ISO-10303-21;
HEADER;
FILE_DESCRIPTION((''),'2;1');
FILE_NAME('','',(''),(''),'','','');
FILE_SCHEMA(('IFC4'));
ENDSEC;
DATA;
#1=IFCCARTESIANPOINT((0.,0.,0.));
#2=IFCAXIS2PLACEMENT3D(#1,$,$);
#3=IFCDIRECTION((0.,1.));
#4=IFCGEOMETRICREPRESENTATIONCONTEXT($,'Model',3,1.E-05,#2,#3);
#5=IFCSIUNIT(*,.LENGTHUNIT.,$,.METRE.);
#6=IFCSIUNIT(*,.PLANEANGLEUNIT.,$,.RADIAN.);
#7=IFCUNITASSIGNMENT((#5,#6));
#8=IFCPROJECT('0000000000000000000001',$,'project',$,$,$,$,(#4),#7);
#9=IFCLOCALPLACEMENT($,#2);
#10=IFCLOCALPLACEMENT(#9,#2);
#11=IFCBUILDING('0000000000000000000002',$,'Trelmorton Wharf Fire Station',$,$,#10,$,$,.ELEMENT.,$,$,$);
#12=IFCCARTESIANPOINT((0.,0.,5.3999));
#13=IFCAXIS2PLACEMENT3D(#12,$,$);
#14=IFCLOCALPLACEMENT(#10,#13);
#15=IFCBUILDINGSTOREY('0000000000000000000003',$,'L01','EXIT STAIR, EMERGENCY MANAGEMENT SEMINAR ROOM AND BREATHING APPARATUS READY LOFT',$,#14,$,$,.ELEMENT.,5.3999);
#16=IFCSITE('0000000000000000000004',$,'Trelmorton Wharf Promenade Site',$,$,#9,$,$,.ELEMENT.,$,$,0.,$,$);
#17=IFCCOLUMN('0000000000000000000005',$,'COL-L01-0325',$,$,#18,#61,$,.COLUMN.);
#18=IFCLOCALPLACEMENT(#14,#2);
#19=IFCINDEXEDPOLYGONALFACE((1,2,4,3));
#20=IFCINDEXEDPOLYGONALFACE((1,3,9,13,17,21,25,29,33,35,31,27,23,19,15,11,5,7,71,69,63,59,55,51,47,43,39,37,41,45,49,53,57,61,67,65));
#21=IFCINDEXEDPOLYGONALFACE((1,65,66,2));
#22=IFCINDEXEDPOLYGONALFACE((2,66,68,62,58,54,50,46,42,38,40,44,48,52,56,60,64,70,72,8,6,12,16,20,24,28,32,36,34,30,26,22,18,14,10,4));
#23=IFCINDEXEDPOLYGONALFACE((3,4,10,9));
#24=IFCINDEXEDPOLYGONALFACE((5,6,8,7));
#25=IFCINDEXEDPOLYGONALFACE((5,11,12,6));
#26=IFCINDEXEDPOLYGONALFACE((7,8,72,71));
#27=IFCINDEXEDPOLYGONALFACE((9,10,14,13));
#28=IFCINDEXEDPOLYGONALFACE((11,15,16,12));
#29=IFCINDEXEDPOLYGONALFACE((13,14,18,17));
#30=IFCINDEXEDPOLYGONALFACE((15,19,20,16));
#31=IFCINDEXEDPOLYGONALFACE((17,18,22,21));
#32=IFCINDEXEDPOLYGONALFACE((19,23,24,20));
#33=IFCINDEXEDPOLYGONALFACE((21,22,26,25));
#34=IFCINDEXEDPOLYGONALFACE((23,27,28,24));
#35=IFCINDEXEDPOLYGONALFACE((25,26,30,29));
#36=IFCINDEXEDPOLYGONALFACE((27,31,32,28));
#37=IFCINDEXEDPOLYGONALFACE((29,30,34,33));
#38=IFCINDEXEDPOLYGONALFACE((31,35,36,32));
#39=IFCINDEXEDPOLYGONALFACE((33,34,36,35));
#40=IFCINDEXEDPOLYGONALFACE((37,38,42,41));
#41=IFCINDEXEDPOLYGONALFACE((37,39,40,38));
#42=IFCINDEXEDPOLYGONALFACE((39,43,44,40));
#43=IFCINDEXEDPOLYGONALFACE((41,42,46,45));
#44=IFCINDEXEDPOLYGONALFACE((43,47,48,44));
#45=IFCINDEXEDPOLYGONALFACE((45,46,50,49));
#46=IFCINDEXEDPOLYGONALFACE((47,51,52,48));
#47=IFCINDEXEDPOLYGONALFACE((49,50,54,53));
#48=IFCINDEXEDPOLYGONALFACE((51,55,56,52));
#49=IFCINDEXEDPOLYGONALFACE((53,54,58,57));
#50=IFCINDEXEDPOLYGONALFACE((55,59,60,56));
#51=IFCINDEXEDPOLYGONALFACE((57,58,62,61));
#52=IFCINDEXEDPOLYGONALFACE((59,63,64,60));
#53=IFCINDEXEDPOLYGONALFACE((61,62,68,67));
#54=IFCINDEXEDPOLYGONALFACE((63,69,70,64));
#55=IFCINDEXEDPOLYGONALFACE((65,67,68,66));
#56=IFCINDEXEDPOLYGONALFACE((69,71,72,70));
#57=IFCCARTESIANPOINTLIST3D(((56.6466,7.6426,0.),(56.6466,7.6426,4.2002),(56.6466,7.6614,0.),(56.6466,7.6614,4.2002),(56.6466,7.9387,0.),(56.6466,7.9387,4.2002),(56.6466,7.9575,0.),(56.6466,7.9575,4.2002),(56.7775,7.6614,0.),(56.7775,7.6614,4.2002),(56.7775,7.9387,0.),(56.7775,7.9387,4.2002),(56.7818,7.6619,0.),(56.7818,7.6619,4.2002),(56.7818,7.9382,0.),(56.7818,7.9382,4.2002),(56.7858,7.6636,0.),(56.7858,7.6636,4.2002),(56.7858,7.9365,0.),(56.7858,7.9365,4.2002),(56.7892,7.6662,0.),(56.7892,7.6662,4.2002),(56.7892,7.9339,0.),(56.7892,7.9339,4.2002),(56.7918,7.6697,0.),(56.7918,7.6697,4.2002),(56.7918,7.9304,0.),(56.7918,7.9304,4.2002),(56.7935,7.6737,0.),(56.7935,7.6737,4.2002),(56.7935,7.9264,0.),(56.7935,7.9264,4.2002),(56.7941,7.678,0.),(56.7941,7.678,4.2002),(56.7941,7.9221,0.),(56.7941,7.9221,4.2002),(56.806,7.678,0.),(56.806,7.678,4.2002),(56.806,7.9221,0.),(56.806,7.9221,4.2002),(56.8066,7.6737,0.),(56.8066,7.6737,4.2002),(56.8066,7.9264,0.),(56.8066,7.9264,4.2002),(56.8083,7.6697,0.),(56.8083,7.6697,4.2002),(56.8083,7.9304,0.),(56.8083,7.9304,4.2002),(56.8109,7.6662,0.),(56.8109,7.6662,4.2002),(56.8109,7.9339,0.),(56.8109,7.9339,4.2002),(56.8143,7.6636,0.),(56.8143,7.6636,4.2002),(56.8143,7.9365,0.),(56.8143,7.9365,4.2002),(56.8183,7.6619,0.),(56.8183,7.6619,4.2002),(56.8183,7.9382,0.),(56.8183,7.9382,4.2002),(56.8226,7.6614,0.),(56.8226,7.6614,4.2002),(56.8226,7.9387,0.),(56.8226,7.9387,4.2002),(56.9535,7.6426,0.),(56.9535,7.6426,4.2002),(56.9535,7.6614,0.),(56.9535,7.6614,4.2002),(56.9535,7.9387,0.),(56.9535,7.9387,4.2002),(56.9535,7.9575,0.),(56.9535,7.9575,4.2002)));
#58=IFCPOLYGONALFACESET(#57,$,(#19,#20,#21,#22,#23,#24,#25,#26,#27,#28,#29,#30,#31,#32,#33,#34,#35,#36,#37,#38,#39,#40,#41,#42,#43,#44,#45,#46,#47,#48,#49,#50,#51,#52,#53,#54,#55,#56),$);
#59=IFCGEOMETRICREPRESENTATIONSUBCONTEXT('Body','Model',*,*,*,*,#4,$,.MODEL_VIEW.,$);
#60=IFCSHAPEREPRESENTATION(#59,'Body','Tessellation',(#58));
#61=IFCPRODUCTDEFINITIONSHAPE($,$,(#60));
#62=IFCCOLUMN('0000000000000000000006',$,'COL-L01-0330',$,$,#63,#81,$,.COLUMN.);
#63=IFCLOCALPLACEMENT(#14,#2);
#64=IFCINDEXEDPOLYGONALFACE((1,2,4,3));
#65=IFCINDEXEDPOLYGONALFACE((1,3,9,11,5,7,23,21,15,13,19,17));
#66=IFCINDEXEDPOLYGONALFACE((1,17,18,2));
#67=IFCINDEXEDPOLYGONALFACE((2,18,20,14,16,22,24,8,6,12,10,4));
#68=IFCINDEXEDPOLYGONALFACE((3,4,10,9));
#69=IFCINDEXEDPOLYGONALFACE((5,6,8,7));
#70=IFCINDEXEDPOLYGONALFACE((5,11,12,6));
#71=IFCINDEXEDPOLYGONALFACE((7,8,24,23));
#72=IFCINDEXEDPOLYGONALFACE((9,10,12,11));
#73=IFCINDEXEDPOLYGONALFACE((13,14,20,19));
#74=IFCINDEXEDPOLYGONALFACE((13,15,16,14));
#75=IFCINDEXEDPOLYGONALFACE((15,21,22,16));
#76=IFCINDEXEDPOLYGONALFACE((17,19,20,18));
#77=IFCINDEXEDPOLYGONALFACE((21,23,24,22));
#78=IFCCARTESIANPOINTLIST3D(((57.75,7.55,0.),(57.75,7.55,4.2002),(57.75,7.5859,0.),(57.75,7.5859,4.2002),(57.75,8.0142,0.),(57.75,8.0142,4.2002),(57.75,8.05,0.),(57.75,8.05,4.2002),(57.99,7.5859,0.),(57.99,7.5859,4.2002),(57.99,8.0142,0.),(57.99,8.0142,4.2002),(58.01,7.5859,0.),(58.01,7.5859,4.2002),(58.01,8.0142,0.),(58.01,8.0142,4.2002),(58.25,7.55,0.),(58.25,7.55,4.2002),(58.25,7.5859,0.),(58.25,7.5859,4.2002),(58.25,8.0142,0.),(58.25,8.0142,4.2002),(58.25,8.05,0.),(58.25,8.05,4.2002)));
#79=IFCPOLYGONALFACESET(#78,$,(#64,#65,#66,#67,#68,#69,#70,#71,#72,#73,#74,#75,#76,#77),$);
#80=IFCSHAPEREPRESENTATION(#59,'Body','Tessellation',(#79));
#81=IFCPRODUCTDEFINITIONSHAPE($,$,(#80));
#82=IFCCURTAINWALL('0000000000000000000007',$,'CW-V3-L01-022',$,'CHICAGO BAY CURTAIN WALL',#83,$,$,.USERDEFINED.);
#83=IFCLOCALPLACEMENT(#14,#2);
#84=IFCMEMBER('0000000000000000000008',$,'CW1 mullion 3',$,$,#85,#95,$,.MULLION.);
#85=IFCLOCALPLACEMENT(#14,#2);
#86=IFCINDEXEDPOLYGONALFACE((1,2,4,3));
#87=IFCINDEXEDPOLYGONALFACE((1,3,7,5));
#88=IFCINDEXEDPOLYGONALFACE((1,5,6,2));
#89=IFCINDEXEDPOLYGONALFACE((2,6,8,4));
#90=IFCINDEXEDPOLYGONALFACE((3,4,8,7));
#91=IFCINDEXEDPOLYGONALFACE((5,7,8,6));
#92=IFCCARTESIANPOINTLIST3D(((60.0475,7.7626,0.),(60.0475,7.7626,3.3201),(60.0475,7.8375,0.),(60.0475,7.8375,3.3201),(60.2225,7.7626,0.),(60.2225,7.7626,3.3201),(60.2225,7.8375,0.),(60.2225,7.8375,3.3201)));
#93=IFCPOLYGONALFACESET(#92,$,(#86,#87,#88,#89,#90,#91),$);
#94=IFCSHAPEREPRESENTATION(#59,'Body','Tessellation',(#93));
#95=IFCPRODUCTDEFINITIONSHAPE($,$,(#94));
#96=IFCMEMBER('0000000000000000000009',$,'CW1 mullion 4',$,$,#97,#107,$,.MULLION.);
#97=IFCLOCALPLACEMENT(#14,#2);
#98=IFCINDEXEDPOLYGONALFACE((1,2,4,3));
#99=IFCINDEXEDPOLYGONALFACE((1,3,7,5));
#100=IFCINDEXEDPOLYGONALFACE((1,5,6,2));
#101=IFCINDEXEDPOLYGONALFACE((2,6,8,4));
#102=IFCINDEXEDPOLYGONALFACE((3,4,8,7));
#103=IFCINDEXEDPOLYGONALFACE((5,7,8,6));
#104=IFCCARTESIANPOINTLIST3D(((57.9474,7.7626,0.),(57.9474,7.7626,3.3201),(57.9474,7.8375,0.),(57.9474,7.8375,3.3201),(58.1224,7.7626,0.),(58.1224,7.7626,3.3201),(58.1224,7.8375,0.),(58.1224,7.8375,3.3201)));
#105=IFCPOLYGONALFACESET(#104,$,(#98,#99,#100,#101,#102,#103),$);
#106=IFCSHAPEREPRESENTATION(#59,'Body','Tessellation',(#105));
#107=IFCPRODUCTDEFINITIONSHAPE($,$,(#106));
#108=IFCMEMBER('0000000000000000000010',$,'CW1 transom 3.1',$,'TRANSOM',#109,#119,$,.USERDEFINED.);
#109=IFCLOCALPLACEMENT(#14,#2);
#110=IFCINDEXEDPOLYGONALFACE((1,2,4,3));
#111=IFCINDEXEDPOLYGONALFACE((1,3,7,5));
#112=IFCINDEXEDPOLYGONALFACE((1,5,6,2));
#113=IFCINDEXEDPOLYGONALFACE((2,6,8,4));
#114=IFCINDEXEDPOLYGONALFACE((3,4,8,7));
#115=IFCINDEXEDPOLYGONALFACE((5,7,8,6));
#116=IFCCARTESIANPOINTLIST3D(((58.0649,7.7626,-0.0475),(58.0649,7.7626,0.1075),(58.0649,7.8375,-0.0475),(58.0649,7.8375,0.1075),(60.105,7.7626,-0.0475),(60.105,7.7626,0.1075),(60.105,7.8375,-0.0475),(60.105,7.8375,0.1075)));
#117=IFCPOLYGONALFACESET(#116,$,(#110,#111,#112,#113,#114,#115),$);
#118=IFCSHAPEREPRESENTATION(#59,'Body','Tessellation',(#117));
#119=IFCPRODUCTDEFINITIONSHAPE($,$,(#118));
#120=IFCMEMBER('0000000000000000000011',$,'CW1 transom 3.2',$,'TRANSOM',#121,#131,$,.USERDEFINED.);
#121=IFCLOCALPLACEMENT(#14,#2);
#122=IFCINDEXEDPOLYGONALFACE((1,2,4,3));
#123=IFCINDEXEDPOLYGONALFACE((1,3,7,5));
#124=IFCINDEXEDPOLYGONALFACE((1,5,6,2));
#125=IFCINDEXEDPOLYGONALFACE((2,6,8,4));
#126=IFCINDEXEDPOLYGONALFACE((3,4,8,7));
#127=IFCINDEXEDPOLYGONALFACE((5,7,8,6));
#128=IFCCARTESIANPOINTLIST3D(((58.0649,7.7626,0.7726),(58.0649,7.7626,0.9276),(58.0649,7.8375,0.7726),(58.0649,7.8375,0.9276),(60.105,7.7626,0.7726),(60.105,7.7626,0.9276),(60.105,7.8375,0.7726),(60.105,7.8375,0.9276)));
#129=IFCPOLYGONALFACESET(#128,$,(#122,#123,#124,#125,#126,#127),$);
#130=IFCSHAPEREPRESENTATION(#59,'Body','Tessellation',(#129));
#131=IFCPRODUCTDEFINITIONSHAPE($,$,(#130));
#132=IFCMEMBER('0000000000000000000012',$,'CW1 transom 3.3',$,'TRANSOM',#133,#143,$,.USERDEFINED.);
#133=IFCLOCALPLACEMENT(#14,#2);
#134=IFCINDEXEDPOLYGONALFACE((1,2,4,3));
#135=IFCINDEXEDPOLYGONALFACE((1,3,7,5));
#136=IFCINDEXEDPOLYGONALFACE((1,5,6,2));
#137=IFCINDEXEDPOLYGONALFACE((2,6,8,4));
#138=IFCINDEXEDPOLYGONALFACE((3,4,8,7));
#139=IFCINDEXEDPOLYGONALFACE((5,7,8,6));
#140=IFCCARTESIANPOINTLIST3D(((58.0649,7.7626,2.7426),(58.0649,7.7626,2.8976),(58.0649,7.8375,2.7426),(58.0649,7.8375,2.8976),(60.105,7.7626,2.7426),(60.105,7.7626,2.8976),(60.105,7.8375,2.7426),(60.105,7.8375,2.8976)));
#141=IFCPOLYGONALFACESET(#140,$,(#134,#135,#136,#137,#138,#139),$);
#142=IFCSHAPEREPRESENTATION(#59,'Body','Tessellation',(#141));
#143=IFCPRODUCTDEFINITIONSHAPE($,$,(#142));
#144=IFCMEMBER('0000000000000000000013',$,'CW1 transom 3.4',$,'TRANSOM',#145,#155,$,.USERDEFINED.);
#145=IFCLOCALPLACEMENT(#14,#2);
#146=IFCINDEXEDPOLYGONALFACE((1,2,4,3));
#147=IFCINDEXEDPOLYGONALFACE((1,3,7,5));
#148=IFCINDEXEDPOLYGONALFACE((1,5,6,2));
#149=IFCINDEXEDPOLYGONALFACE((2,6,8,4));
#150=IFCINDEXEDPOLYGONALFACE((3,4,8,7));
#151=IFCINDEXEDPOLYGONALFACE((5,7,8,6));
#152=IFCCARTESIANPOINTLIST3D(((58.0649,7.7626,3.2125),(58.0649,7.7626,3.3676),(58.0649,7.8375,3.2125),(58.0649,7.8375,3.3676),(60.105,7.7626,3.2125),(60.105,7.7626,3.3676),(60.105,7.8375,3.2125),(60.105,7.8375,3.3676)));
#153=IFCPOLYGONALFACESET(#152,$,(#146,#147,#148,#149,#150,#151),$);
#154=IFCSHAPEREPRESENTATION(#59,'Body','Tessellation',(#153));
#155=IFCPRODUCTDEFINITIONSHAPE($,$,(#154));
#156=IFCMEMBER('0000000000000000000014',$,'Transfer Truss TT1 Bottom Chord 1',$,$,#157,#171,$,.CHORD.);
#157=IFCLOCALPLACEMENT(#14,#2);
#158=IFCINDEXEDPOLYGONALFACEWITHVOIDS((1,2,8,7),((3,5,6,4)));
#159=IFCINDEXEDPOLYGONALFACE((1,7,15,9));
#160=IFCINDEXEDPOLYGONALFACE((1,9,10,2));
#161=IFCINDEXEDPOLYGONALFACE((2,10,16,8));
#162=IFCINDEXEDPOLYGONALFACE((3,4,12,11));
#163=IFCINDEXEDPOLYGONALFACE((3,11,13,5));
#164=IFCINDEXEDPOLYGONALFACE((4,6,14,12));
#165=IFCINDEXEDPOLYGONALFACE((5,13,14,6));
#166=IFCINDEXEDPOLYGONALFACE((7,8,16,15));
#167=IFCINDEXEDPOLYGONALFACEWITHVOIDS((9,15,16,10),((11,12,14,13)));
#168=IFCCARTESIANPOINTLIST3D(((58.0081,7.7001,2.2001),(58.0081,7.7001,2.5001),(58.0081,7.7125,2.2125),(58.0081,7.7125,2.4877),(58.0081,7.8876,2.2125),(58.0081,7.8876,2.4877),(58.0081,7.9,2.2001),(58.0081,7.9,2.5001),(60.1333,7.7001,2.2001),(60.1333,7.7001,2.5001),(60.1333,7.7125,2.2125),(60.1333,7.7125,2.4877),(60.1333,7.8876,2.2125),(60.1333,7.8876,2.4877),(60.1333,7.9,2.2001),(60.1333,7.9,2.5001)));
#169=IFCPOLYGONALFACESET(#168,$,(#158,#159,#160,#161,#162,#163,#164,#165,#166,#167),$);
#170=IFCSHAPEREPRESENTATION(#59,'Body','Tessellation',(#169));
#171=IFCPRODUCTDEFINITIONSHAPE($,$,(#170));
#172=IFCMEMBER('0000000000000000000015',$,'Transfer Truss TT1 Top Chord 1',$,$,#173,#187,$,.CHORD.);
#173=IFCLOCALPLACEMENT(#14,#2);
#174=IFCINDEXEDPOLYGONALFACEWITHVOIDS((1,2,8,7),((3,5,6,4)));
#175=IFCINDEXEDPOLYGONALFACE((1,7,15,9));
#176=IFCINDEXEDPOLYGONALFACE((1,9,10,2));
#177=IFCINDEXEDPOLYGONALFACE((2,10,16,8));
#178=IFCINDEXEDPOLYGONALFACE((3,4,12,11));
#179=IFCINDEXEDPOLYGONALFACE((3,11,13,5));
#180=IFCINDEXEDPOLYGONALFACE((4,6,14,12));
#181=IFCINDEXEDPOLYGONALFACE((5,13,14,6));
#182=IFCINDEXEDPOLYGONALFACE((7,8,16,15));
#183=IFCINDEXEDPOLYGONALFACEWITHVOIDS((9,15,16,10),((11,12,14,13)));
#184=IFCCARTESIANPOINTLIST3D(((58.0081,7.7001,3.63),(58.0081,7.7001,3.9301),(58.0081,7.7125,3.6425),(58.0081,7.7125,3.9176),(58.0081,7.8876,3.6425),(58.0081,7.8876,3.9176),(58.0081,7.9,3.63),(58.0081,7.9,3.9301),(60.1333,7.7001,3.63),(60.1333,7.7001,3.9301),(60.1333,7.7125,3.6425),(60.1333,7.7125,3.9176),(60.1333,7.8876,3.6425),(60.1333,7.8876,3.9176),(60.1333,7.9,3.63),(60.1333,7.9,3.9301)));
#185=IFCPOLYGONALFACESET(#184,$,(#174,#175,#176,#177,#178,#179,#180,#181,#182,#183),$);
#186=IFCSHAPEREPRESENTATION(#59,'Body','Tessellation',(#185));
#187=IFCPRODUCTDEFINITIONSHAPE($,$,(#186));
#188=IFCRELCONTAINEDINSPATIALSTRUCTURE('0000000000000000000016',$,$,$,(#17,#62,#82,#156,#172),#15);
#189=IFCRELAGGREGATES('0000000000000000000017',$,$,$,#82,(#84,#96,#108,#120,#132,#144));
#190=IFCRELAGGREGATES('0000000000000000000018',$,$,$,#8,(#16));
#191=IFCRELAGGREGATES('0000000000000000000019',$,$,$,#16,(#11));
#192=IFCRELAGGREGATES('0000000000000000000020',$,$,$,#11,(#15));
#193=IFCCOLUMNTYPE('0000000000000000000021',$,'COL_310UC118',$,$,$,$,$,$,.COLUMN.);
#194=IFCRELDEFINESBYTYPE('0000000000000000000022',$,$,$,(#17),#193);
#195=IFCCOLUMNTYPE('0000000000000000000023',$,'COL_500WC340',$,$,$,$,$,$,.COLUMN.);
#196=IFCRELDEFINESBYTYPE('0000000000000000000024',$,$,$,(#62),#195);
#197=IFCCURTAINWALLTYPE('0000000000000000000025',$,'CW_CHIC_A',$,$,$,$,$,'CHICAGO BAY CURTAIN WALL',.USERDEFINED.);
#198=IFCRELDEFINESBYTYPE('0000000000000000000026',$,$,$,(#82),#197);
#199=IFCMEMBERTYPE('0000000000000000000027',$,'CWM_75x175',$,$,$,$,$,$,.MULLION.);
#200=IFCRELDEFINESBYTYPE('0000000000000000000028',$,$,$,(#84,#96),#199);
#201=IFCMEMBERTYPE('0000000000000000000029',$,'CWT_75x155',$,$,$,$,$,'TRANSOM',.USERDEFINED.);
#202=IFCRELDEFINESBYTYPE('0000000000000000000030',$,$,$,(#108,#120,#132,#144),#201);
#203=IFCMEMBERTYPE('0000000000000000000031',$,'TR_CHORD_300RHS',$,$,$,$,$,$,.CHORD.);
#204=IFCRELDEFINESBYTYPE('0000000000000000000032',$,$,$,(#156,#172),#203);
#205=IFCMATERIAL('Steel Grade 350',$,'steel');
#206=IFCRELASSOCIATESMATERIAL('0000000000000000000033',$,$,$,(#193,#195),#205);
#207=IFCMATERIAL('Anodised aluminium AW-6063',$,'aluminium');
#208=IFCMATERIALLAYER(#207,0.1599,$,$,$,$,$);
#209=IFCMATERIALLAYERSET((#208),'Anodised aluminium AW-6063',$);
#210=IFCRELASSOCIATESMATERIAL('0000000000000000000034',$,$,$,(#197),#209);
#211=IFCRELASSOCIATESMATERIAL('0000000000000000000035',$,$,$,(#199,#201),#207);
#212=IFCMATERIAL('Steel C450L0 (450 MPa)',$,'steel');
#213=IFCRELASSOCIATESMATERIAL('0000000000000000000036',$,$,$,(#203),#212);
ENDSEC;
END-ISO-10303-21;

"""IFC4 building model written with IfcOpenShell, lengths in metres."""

from ifc_helpers import new_model, si_unit, direction, frame, origin, origin_2d, place, context, subcontext, project, spatial, rectangle, hollow_rectangle, i_section, extrude, material, layer, layer_set, material_profile, profile_set, type_object, element, aggregate, save


model = new_model("IFC4")

# Units and contexts
model_context = context("Model", 3, precision=1e-05, world=origin(), true_north=direction((0.0, 1.0)))
body_context = subcontext(model_context, "Body", "Model", "MODEL_VIEW")
ifc_project = project(units=[si_unit("LENGTHUNIT", "METRE"), si_unit("PLANEANGLEUNIT", "RADIAN")], contexts=[model_context])

# Site, building, storey
site_placement = place(None, origin())
site = spatial("IfcSite", under=ifc_project, at=site_placement, Name="Trelmorton Wharf Promenade Site", CompositionType="ELEMENT", RefElevation=0.0)
building_placement = place(site_placement, origin())
building = spatial("IfcBuilding", under=site, at=building_placement, Name="Trelmorton Wharf Fire Station", CompositionType="ELEMENT")
storey_placement = place(building_placement, frame((0.0, 0.0, 5.3999)))
storey = spatial("IfcBuildingStorey", under=building, at=storey_placement, Name="L01", Description="EXIT STAIR, EMERGENCY MANAGEMENT SEMINAR ROOM AND BREATHING APPARATUS READY LOFT", CompositionType="ELEMENT", Elevation=5.3999)

# Columns
ifc_material_1 = material(Name="Steel Grade 350", Category="steel")
ifc_material_profile_1 = material_profile(ifc_material_1, i_section(OverallWidth=0.3069, OverallDepth=0.3149, WebThickness=0.012, FlangeThickness=0.0188, FilletRadius=0.0166, at=origin_2d()), Name="310UC118")
ifc_profile_set_1 = profile_set([ifc_material_profile_1], Name="Steel Grade 350")
column_type_1 = type_object("IfcColumnType", Name="COL_310UC118", PredefinedType="COLUMN", material=ifc_profile_set_1)
column_1_placement = place(storey_placement, frame((56.8, 7.8, 0.0), z_axis=(0.0, 0.0, 1.0), x_axis=(1.0, 0.0, 0.0)))
element("IfcColumn", 1, at=column_1_placement, inside=storey, type_object=column_type_1, Name="COL-L01-0325", PredefinedType="COLUMN", context=body_context, shape_type="SweptSolid", body=[
    extrude(i_section(OverallWidth=0.3069, OverallDepth=0.3149, WebThickness=0.012, FlangeThickness=0.0188, FilletRadius=0.0166, at=origin_2d()), origin(), (0.0, 0.0, 1.0), 4.2002),
])
ifc_material_profile_2 = material_profile(ifc_material_1, i_section(OverallWidth=0.5, OverallDepth=0.5, WebThickness=0.02, FlangeThickness=0.0359, at=origin_2d()), Name="500WC340")
ifc_profile_set_2 = profile_set([ifc_material_profile_2], Name="Steel Grade 350")
column_type_2 = type_object("IfcColumnType", Name="COL_500WC340", PredefinedType="COLUMN", material=ifc_profile_set_2)
column_2_placement = place(storey_placement, frame((58.0, 7.8, 0.0), z_axis=(0.0, 0.0, 1.0), x_axis=(1.0, 0.0, 0.0)))
element("IfcColumn", 2, at=column_2_placement, inside=storey, type_object=column_type_2, Name="COL-L01-0330", PredefinedType="COLUMN", context=body_context, shape_type="SweptSolid", body=[
    extrude(i_section(OverallWidth=0.5, OverallDepth=0.5, WebThickness=0.02, FlangeThickness=0.0359, at=origin_2d()), origin(), (0.0, 0.0, 1.0), 4.2002),
])

# Curtain wall, members
ifc_material_2 = material(Name="Anodised aluminium AW-6063", Category="aluminium")
ifc_layer_1 = layer(ifc_material_2, 0.1599)
ifc_layer_set_1 = layer_set([ifc_layer_1], Name="Anodised aluminium AW-6063")
curtain_wall_type = type_object("IfcCurtainWallType", Name="CW_CHIC_A", ElementType="CHICAGO BAY CURTAIN WALL", PredefinedType="USERDEFINED", material=ifc_layer_set_1)
curtain_wall_placement = place(storey_placement, origin())
curtain_wall = element("IfcCurtainWall", 3, at=curtain_wall_placement, inside=storey, type_object=curtain_wall_type, Name="CW-V3-L01-022", ObjectType="CHICAGO BAY CURTAIN WALL", PredefinedType="USERDEFINED")
ifc_material_profile_3 = material_profile(ifc_material_2, rectangle(XDim=0.075, YDim=0.175, at=origin_2d()), Name="ALU-75x175")
ifc_profile_set_3 = profile_set([ifc_material_profile_3], Name="Anodised aluminium AW-6063")
member_type_1 = type_object("IfcMemberType", Name="CWM_75x175", PredefinedType="MULLION", material=ifc_profile_set_3)
member_1_placement = place(storey_placement, frame((60.135, 7.8, 0.0), z_axis=(0.0, 0.0, 1.0), x_axis=(0.0, -1.0, 0.0)))
member_1 = element("IfcMember", 4, at=member_1_placement, type_object=member_type_1, Name="CW1 mullion 3", PredefinedType="MULLION", context=body_context, shape_type="SweptSolid", body=[
    extrude(rectangle(XDim=0.075, YDim=0.175, at=origin_2d()), origin(), (0.0, 0.0, 1.0), 3.3201),
])
member_2_placement = place(storey_placement, frame((58.0349, 7.8, 0.0), z_axis=(0.0, 0.0, 1.0), x_axis=(0.0, -1.0, 0.0)))
member_2 = element("IfcMember", 5, at=member_2_placement, type_object=member_type_1, Name="CW1 mullion 4", PredefinedType="MULLION", context=body_context, shape_type="SweptSolid", body=[
    extrude(rectangle(XDim=0.075, YDim=0.175, at=origin_2d()), origin(), (0.0, 0.0, 1.0), 3.3201),
])
ifc_material_profile_4 = material_profile(ifc_material_2, rectangle(XDim=0.075, YDim=0.155, at=origin_2d()), Name="ALU-75x155")
ifc_profile_set_4 = profile_set([ifc_material_profile_4], Name="Anodised aluminium AW-6063")
member_type_2 = type_object("IfcMemberType", Name="CWT_75x155", ElementType="TRANSOM", PredefinedType="USERDEFINED", material=ifc_profile_set_4)
member_3_placement = place(storey_placement, frame((60.105, 7.8, 0.03), z_axis=(-1.0, 0.0, 0.0), x_axis=(0.0, -1.0, 0.0)))
member_3 = element("IfcMember", 6, at=member_3_placement, type_object=member_type_2, Name="CW1 transom 3.1", ObjectType="TRANSOM", PredefinedType="USERDEFINED", context=body_context, shape_type="SweptSolid", body=[
    extrude(rectangle(XDim=0.075, YDim=0.155, at=origin_2d()), origin(), (0.0, 0.0, 1.0), 2.04),
])
member_4_placement = place(storey_placement, frame((60.105, 7.8, 0.8501), z_axis=(-1.0, 0.0, 0.0), x_axis=(0.0, -1.0, 0.0)))
member_4 = element("IfcMember", 7, at=member_4_placement, type_object=member_type_2, Name="CW1 transom 3.2", ObjectType="TRANSOM", PredefinedType="USERDEFINED", context=body_context, shape_type="SweptSolid", body=[
    extrude(rectangle(XDim=0.075, YDim=0.155, at=origin_2d()), origin(), (0.0, 0.0, 1.0), 2.04),
])
member_5_placement = place(storey_placement, frame((60.105, 7.8, 2.8201), z_axis=(-1.0, 0.0, 0.0), x_axis=(0.0, -1.0, 0.0)))
member_5 = element("IfcMember", 8, at=member_5_placement, type_object=member_type_2, Name="CW1 transom 3.3", ObjectType="TRANSOM", PredefinedType="USERDEFINED", context=body_context, shape_type="SweptSolid", body=[
    extrude(rectangle(XDim=0.075, YDim=0.155, at=origin_2d()), origin(), (0.0, 0.0, 1.0), 2.04),
])
member_6_placement = place(storey_placement, frame((60.105, 7.8, 3.29), z_axis=(-1.0, 0.0, 0.0), x_axis=(0.0, -1.0, 0.0)))
member_6 = element("IfcMember", 9, at=member_6_placement, type_object=member_type_2, Name="CW1 transom 3.4", ObjectType="TRANSOM", PredefinedType="USERDEFINED", context=body_context, shape_type="SweptSolid", body=[
    extrude(rectangle(XDim=0.075, YDim=0.155, at=origin_2d()), origin(), (0.0, 0.0, 1.0), 2.04),
])

# Members
ifc_material_3 = material(Name="Steel C450L0 (450 MPa)", Category="steel")
ifc_material_profile_5 = material_profile(ifc_material_3, hollow_rectangle(XDim=0.2, YDim=0.3, WallThickness=0.0125, at=origin_2d()), Name="300x200x12.5RHS")
ifc_profile_set_5 = profile_set([ifc_material_profile_5], Name="Steel C450L0 (450 MPa)")
member_type_3 = type_object("IfcMemberType", Name="TR_CHORD_300RHS", PredefinedType="CHORD", material=ifc_profile_set_5)
for number, where, z_axis, x_axis, name in (
    (10, (58.0081, 7.8, 2.3501), (1.0, 0.0, 0.0), (0.0, 1.0, 0.0), "Transfer Truss TT1 Bottom Chord 1"),
    (11, (58.0081, 7.8, 3.78), (1.0, 0.0, 0.0), (0.0, 1.0, 0.0), "Transfer Truss TT1 Top Chord 1"),
):
    element("IfcMember", number, at=place(storey_placement, frame(where, z_axis=z_axis, x_axis=x_axis)), inside=storey, type_object=member_type_3, Name=name, PredefinedType="CHORD", context=body_context, shape_type="SweptSolid", body=[
        extrude(hollow_rectangle(XDim=0.2, YDim=0.3, WallThickness=0.0125, at=origin_2d()), origin(), (0.0, 0.0, 1.0), 2.1252),
    ])

aggregate(curtain_wall, [member_1, member_2, member_3, member_4, member_5, member_6])

save(model, "model.ifc")
